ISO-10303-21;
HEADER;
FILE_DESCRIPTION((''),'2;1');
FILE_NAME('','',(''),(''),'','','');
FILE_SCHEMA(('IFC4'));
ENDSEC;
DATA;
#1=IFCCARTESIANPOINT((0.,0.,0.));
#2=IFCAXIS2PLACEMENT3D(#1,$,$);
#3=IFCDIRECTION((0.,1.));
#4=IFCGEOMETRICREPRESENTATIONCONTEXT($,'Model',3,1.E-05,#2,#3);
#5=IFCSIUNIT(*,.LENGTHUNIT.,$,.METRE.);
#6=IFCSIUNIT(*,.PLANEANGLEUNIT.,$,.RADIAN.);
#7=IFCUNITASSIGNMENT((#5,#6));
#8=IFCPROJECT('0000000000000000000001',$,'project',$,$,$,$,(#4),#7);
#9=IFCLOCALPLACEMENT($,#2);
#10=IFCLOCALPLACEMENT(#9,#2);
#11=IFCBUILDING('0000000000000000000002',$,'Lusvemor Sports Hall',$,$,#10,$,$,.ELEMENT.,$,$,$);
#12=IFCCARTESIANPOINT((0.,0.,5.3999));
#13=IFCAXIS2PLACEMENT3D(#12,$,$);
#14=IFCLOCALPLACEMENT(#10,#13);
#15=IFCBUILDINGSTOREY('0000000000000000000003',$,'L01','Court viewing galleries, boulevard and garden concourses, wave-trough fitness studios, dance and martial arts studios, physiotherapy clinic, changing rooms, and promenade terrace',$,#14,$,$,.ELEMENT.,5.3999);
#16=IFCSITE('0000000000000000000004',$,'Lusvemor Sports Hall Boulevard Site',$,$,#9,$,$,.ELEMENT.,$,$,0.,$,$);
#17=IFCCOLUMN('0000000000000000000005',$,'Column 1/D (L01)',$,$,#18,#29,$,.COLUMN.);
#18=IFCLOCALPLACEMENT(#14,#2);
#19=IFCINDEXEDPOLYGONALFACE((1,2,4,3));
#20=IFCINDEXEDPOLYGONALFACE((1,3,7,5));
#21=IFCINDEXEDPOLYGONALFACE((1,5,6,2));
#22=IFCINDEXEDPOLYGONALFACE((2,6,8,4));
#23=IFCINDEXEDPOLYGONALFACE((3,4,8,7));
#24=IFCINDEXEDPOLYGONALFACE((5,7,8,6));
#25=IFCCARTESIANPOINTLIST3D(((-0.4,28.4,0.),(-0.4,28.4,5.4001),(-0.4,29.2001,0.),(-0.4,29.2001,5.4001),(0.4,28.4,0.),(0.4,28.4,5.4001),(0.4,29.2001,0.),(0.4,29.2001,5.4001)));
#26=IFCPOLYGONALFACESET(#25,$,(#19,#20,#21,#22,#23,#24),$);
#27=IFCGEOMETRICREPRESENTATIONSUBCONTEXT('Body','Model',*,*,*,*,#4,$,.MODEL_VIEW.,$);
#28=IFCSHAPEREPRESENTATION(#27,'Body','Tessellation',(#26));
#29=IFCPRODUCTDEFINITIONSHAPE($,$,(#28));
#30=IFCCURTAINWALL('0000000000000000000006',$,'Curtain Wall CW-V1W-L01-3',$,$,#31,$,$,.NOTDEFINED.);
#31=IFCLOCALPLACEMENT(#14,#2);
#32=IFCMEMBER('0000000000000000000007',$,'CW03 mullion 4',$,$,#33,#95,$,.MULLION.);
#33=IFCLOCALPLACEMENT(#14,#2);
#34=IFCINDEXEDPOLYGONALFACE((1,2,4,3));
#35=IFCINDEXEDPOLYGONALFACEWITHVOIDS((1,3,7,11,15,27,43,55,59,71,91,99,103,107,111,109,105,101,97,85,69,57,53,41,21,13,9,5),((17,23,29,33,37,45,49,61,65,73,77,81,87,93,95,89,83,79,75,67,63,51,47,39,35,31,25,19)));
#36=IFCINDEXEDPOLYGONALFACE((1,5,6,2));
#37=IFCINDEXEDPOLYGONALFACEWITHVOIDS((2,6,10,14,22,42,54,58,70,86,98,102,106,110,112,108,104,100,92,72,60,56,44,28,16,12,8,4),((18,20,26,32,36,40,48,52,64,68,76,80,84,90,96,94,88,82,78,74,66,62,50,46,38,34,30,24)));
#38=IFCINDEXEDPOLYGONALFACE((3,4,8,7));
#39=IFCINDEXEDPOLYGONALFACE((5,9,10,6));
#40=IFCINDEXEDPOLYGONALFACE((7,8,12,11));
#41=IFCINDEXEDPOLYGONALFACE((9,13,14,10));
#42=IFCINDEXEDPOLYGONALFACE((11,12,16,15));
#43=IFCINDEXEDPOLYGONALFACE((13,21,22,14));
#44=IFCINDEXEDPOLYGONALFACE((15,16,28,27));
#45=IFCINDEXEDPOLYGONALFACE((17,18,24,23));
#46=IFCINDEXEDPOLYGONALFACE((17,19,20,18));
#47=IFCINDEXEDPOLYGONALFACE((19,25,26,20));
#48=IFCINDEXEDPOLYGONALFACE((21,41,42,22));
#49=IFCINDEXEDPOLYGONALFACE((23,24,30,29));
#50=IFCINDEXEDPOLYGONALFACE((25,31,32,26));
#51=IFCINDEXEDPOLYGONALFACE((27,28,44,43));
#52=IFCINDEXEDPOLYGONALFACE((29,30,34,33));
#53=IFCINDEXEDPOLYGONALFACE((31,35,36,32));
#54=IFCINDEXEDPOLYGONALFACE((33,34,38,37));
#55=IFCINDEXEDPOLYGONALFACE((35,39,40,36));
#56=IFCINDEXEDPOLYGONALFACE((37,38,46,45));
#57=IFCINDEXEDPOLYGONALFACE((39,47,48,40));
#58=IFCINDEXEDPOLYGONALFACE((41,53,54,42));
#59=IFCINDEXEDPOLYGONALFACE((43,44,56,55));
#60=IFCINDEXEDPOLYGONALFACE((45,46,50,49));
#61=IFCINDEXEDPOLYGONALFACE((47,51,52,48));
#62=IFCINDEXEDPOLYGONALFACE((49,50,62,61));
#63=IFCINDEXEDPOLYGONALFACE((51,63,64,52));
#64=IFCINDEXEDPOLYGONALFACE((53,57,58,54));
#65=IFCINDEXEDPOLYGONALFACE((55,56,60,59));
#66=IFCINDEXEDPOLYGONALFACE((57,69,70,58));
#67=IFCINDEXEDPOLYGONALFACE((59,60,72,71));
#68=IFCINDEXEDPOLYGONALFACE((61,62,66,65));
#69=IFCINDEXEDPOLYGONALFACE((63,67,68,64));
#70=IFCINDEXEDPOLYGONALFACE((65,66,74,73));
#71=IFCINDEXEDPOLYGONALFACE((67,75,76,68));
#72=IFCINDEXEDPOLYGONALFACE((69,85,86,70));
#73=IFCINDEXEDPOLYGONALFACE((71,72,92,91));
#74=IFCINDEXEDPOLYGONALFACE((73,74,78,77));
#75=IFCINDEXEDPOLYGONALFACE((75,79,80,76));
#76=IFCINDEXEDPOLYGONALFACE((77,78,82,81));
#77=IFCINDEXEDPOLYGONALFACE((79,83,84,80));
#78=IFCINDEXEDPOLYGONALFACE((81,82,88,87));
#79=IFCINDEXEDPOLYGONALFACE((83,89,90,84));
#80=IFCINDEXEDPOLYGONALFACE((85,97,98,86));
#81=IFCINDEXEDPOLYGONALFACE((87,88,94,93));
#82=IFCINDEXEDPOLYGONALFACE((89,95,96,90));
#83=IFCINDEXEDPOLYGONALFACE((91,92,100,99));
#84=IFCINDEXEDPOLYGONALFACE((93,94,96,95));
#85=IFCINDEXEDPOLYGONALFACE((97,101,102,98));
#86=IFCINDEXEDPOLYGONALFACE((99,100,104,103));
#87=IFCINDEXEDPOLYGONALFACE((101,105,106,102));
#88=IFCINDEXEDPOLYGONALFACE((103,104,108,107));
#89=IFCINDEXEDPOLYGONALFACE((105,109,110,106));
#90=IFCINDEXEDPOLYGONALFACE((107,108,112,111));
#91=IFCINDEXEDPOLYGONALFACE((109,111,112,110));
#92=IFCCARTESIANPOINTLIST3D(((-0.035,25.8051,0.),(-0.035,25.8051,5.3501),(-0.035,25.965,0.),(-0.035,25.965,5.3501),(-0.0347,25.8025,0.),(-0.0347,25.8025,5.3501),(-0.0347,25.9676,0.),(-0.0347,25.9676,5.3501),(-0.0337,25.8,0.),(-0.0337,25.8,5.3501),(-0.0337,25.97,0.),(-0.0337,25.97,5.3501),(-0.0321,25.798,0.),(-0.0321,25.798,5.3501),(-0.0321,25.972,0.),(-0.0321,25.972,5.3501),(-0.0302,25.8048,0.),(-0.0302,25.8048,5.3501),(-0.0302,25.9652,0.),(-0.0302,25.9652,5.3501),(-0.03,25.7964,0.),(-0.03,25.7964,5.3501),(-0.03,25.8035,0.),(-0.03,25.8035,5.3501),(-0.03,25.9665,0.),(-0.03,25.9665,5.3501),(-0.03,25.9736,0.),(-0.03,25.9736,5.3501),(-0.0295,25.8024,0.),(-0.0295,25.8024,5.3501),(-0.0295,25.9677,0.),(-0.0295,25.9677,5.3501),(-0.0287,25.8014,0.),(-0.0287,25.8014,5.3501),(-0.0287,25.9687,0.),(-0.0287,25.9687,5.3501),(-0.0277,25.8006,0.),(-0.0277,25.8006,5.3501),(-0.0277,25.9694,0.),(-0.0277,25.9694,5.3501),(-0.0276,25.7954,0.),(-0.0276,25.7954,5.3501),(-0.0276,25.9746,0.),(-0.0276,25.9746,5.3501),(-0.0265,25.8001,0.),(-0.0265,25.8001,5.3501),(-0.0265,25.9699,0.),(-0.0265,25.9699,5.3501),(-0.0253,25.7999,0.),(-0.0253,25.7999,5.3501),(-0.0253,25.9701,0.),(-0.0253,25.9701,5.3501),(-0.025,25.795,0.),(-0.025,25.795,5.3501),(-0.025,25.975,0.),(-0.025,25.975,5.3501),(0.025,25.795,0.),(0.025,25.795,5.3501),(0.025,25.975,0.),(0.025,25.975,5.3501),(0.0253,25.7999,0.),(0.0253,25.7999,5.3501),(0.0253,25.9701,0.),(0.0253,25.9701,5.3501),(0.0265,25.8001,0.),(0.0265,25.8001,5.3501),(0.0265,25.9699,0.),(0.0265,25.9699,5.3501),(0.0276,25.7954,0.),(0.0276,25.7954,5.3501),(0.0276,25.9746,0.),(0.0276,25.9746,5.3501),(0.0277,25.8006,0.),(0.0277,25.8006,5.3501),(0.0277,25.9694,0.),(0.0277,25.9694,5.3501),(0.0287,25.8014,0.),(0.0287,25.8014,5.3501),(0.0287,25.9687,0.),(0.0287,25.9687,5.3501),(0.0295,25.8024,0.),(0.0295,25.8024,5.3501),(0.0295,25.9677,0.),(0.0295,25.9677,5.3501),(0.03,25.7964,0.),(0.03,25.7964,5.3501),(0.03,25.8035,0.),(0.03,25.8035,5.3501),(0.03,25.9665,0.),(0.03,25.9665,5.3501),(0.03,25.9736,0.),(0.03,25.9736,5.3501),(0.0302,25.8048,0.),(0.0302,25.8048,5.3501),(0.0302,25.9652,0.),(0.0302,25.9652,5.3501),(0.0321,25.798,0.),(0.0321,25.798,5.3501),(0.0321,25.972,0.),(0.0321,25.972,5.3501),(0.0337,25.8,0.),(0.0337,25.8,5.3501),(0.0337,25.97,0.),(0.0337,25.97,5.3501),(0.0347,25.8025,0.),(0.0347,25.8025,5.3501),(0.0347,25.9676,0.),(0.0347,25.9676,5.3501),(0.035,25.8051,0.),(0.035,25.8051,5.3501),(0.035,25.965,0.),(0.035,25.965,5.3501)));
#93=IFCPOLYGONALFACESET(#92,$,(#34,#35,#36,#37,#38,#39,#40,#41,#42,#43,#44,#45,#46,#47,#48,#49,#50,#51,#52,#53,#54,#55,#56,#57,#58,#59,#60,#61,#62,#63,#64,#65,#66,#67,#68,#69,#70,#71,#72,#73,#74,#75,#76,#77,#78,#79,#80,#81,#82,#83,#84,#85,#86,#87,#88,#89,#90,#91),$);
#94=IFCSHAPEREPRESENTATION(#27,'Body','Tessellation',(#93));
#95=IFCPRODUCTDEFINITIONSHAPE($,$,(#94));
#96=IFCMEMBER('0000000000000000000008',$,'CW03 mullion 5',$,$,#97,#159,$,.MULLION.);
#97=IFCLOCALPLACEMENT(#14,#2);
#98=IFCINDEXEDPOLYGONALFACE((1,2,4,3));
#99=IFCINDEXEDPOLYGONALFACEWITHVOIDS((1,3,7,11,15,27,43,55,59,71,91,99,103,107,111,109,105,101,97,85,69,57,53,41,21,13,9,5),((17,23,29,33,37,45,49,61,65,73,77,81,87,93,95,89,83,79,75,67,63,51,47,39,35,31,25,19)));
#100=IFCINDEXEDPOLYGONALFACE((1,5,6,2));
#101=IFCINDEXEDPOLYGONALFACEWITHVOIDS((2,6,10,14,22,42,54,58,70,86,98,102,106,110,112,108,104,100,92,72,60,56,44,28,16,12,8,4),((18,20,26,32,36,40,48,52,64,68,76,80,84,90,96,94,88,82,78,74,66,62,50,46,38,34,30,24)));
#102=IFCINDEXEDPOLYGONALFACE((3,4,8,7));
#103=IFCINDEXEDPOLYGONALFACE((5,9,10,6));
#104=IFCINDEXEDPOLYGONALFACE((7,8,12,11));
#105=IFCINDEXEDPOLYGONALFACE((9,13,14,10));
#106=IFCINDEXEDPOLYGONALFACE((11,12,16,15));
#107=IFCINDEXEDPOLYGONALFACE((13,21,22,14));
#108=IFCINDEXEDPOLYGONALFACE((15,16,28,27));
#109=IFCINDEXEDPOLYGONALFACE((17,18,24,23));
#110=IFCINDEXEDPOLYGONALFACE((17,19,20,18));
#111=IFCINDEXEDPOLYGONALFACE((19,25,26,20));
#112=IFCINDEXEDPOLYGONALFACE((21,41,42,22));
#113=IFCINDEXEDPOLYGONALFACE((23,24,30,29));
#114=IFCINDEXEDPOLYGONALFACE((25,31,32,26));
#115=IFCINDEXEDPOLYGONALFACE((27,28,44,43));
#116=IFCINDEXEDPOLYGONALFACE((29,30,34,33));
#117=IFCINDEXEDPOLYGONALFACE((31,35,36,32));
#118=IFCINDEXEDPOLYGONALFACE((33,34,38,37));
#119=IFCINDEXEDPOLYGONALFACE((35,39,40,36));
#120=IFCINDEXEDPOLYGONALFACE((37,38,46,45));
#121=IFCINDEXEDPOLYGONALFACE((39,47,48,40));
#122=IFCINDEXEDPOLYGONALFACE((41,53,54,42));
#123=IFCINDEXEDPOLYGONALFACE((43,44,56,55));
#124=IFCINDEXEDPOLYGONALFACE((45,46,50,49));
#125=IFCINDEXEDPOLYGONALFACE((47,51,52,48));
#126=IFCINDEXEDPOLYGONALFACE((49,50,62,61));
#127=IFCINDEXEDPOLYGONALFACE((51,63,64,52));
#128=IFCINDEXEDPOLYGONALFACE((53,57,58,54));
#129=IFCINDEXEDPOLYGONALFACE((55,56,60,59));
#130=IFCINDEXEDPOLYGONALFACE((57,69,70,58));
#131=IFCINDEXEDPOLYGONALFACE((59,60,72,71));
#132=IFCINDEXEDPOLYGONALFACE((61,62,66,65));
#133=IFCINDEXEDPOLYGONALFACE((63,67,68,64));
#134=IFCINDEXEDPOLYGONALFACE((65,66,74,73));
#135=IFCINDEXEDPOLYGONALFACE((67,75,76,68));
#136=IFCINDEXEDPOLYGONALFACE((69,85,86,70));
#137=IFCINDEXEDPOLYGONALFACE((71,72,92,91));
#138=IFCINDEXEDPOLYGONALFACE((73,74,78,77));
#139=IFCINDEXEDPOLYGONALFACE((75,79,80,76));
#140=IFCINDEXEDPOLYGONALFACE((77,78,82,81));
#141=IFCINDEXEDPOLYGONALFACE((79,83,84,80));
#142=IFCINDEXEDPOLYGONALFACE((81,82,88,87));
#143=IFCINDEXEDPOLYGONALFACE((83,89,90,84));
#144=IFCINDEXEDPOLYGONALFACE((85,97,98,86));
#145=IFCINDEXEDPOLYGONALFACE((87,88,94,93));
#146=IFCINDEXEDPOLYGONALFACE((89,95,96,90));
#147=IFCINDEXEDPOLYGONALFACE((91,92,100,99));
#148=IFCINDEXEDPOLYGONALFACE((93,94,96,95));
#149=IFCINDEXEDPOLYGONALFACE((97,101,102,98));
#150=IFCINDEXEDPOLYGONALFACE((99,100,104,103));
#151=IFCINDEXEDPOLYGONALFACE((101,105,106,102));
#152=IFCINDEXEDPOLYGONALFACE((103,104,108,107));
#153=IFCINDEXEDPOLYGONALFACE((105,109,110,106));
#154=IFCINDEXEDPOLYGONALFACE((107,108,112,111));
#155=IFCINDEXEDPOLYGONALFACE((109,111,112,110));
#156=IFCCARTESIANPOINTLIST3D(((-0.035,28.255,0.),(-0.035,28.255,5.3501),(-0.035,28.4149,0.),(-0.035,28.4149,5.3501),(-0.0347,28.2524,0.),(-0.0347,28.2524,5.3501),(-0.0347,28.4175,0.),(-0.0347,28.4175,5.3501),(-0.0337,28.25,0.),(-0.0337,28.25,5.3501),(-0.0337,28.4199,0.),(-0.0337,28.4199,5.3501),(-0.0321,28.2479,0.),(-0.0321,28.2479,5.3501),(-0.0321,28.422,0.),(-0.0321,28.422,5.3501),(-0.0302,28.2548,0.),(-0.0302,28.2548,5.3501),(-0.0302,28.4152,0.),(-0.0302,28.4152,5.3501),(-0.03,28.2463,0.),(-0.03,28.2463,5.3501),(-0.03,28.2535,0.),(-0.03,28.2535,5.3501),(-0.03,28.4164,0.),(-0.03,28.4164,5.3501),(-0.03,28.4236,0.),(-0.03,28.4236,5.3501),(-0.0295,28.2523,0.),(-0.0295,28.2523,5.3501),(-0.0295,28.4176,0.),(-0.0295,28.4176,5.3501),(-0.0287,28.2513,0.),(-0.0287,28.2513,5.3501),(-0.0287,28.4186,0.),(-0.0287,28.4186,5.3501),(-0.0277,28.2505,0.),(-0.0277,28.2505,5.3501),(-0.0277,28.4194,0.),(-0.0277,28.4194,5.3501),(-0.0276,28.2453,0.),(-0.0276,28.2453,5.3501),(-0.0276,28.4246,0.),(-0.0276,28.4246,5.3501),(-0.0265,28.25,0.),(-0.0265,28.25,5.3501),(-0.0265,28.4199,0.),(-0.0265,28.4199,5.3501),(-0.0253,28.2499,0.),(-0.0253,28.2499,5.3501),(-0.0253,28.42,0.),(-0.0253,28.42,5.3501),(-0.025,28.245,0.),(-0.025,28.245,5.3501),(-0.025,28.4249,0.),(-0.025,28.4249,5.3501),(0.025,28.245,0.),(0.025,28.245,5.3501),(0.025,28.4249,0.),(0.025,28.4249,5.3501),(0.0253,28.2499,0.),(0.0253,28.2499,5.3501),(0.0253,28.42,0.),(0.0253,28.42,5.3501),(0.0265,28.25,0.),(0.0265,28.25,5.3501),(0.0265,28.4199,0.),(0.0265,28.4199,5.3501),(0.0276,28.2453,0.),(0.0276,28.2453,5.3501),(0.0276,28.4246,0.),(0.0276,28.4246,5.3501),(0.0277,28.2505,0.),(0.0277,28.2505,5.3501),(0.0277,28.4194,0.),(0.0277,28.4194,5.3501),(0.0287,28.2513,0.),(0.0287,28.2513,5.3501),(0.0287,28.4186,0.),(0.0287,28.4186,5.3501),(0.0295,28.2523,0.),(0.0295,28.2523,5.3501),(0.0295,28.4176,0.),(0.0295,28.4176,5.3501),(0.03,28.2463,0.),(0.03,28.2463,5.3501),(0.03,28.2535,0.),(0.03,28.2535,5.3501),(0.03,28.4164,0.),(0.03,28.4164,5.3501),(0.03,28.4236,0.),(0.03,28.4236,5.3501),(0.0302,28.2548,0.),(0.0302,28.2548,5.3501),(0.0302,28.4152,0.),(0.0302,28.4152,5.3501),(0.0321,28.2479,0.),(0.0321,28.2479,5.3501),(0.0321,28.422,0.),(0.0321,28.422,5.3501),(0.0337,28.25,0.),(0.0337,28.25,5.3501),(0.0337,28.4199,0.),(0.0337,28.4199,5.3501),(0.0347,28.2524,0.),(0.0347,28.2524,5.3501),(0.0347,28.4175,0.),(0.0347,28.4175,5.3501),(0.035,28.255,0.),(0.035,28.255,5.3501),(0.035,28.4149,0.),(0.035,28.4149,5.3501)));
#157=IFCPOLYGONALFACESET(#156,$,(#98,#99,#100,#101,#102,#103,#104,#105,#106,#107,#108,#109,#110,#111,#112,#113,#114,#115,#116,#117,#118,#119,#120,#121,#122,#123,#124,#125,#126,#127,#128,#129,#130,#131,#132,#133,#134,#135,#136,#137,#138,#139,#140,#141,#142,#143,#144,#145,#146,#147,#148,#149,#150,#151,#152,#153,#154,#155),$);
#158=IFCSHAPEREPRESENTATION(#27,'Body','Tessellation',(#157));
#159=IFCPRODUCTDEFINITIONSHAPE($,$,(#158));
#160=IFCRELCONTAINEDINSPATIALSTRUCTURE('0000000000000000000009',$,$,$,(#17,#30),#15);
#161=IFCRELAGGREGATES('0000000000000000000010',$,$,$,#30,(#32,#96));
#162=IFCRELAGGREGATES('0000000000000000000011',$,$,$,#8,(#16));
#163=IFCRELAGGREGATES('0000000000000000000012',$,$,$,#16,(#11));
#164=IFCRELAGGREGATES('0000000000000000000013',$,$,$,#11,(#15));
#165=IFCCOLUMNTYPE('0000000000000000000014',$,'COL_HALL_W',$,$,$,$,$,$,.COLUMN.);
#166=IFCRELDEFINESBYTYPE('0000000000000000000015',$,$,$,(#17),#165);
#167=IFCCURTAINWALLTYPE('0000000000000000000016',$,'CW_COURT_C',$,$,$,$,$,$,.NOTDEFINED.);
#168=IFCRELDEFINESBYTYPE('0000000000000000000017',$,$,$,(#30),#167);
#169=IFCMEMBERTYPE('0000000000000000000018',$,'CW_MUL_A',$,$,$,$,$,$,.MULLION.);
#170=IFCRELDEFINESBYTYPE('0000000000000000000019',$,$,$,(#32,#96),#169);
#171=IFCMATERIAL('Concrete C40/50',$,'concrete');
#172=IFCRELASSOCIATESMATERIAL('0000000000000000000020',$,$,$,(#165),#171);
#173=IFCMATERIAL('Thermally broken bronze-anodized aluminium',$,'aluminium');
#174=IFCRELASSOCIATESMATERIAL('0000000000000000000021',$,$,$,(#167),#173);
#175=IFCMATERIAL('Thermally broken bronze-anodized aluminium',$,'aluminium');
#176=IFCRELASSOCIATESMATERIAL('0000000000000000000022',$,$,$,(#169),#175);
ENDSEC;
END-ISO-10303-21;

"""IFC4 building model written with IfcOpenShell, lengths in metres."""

from ifc_helpers import new_model, si_unit, direction, frame, origin, origin_2d, place, context, subcontext, project, spatial, rectangle, hollow_rectangle, extrude, material, material_profile, profile_set, type_object, element, aggregate, save


model = new_model("IFC4")

# Units and contexts
model_context = context("Model", 3, precision=1e-05, world=origin(), true_north=direction((0.0, 1.0)))
body_context = subcontext(model_context, "Body", "Model", "MODEL_VIEW")
ifc_project = project(units=[si_unit("LENGTHUNIT", "METRE"), si_unit("PLANEANGLEUNIT", "RADIAN")], contexts=[model_context])

# Site, building, storey
site_placement = place(None, origin())
site = spatial("IfcSite", under=ifc_project, at=site_placement, Name="Lusvemor Sports Hall Boulevard Site", CompositionType="ELEMENT", RefElevation=0.0)
building_placement = place(site_placement, origin())
building = spatial("IfcBuilding", under=site, at=building_placement, Name="Lusvemor Sports Hall", CompositionType="ELEMENT")
storey_placement = place(building_placement, frame((0.0, 0.0, 5.3999)))
storey = spatial("IfcBuildingStorey", under=building, at=storey_placement, Name="L01", Description="Court viewing galleries, boulevard and garden concourses, wave-trough fitness studios, dance and martial arts studios, physiotherapy clinic, changing rooms, and promenade terrace", CompositionType="ELEMENT", Elevation=5.3999)

# Column
ifc_material_1 = material(Name="Concrete C40/50", Category="concrete")
ifc_material_profile_1 = material_profile(ifc_material_1, rectangle(XDim=0.8, YDim=0.8, at=origin_2d()), Name="RC800x800")
ifc_profile_set_1 = profile_set([ifc_material_profile_1], Name="Concrete C40/50")
column_type = type_object("IfcColumnType", Name="COL_HALL_W", PredefinedType="COLUMN", material=ifc_profile_set_1)
column_placement = place(storey_placement, frame((0.0, 28.8, 0.0), z_axis=(0.0, 0.0, 1.0), x_axis=(1.0, 0.0, 0.0)))
element("IfcColumn", 1, at=column_placement, inside=storey, type_object=column_type, Name="Column 1/D (L01)", PredefinedType="COLUMN", context=body_context, shape_type="SweptSolid", body=[
    extrude(rectangle(XDim=0.8, YDim=0.8, at=origin_2d()), origin(), (0.0, 0.0, 1.0), 5.4001),
])

# Curtain wall, members
ifc_material_2 = material(Name="Thermally broken bronze-anodized aluminium", Category="aluminium")
curtain_wall_type = type_object("IfcCurtainWallType", Name="CW_COURT_C", PredefinedType="NOTDEFINED", material=ifc_material_2)
curtain_wall_1_placement = place(storey_placement, origin())
curtain_wall_1 = element("IfcCurtainWall", 2, at=curtain_wall_1_placement, inside=storey, type_object=curtain_wall_type, Name="Curtain Wall CW-V1W-L01-3", PredefinedType="NOTDEFINED")
ifc_material_3 = material(Name="Thermally broken bronze-anodized aluminium", Category="aluminium")
ifc_material_profile_2 = material_profile(ifc_material_3, hollow_rectangle(XDim=0.0701, YDim=0.1799, WallThickness=0.0049, InnerFilletRadius=0.0049, OuterFilletRadius=0.01, at=origin_2d()), Name="CWMUL180x70x5")
ifc_profile_set_2 = profile_set([ifc_material_profile_2], Name="Thermally broken bronze-anodized aluminium")
member_type_1 = type_object("IfcMemberType", Name="CW_MUL_A", PredefinedType="MULLION", material=ifc_profile_set_2)
member_1_placement = place(storey_placement, frame((0.0, 25.885, 0.0), z_axis=(0.0, 0.0, 1.0), x_axis=(-1.0, 0.0, 0.0)))
member_1 = element("IfcMember", 3, at=member_1_placement, type_object=member_type_1, Name="CW03 mullion 4", PredefinedType="MULLION", context=body_context, shape_type="SweptSolid", body=[
    extrude(hollow_rectangle(XDim=0.0701, YDim=0.1799, WallThickness=0.0049, InnerFilletRadius=0.0049, OuterFilletRadius=0.01, at=origin_2d()), origin(), (0.0, 0.0, 1.0), 5.3501),
])
member_2_placement = place(storey_placement, frame((0.0, 28.335, 0.0), z_axis=(0.0, 0.0, 1.0), x_axis=(-1.0, 0.0, 0.0)))
member_2 = element("IfcMember", 4, at=member_2_placement, type_object=member_type_1, Name="CW03 mullion 5", PredefinedType="MULLION", context=body_context, shape_type="SweptSolid", body=[
    extrude(hollow_rectangle(XDim=0.0701, YDim=0.1799, WallThickness=0.0049, InnerFilletRadius=0.0049, OuterFilletRadius=0.01, at=origin_2d()), origin(), (0.0, 0.0, 1.0), 5.3501),
])

aggregate(curtain_wall_1, [member_1, member_2])

save(model, "model.ifc")
